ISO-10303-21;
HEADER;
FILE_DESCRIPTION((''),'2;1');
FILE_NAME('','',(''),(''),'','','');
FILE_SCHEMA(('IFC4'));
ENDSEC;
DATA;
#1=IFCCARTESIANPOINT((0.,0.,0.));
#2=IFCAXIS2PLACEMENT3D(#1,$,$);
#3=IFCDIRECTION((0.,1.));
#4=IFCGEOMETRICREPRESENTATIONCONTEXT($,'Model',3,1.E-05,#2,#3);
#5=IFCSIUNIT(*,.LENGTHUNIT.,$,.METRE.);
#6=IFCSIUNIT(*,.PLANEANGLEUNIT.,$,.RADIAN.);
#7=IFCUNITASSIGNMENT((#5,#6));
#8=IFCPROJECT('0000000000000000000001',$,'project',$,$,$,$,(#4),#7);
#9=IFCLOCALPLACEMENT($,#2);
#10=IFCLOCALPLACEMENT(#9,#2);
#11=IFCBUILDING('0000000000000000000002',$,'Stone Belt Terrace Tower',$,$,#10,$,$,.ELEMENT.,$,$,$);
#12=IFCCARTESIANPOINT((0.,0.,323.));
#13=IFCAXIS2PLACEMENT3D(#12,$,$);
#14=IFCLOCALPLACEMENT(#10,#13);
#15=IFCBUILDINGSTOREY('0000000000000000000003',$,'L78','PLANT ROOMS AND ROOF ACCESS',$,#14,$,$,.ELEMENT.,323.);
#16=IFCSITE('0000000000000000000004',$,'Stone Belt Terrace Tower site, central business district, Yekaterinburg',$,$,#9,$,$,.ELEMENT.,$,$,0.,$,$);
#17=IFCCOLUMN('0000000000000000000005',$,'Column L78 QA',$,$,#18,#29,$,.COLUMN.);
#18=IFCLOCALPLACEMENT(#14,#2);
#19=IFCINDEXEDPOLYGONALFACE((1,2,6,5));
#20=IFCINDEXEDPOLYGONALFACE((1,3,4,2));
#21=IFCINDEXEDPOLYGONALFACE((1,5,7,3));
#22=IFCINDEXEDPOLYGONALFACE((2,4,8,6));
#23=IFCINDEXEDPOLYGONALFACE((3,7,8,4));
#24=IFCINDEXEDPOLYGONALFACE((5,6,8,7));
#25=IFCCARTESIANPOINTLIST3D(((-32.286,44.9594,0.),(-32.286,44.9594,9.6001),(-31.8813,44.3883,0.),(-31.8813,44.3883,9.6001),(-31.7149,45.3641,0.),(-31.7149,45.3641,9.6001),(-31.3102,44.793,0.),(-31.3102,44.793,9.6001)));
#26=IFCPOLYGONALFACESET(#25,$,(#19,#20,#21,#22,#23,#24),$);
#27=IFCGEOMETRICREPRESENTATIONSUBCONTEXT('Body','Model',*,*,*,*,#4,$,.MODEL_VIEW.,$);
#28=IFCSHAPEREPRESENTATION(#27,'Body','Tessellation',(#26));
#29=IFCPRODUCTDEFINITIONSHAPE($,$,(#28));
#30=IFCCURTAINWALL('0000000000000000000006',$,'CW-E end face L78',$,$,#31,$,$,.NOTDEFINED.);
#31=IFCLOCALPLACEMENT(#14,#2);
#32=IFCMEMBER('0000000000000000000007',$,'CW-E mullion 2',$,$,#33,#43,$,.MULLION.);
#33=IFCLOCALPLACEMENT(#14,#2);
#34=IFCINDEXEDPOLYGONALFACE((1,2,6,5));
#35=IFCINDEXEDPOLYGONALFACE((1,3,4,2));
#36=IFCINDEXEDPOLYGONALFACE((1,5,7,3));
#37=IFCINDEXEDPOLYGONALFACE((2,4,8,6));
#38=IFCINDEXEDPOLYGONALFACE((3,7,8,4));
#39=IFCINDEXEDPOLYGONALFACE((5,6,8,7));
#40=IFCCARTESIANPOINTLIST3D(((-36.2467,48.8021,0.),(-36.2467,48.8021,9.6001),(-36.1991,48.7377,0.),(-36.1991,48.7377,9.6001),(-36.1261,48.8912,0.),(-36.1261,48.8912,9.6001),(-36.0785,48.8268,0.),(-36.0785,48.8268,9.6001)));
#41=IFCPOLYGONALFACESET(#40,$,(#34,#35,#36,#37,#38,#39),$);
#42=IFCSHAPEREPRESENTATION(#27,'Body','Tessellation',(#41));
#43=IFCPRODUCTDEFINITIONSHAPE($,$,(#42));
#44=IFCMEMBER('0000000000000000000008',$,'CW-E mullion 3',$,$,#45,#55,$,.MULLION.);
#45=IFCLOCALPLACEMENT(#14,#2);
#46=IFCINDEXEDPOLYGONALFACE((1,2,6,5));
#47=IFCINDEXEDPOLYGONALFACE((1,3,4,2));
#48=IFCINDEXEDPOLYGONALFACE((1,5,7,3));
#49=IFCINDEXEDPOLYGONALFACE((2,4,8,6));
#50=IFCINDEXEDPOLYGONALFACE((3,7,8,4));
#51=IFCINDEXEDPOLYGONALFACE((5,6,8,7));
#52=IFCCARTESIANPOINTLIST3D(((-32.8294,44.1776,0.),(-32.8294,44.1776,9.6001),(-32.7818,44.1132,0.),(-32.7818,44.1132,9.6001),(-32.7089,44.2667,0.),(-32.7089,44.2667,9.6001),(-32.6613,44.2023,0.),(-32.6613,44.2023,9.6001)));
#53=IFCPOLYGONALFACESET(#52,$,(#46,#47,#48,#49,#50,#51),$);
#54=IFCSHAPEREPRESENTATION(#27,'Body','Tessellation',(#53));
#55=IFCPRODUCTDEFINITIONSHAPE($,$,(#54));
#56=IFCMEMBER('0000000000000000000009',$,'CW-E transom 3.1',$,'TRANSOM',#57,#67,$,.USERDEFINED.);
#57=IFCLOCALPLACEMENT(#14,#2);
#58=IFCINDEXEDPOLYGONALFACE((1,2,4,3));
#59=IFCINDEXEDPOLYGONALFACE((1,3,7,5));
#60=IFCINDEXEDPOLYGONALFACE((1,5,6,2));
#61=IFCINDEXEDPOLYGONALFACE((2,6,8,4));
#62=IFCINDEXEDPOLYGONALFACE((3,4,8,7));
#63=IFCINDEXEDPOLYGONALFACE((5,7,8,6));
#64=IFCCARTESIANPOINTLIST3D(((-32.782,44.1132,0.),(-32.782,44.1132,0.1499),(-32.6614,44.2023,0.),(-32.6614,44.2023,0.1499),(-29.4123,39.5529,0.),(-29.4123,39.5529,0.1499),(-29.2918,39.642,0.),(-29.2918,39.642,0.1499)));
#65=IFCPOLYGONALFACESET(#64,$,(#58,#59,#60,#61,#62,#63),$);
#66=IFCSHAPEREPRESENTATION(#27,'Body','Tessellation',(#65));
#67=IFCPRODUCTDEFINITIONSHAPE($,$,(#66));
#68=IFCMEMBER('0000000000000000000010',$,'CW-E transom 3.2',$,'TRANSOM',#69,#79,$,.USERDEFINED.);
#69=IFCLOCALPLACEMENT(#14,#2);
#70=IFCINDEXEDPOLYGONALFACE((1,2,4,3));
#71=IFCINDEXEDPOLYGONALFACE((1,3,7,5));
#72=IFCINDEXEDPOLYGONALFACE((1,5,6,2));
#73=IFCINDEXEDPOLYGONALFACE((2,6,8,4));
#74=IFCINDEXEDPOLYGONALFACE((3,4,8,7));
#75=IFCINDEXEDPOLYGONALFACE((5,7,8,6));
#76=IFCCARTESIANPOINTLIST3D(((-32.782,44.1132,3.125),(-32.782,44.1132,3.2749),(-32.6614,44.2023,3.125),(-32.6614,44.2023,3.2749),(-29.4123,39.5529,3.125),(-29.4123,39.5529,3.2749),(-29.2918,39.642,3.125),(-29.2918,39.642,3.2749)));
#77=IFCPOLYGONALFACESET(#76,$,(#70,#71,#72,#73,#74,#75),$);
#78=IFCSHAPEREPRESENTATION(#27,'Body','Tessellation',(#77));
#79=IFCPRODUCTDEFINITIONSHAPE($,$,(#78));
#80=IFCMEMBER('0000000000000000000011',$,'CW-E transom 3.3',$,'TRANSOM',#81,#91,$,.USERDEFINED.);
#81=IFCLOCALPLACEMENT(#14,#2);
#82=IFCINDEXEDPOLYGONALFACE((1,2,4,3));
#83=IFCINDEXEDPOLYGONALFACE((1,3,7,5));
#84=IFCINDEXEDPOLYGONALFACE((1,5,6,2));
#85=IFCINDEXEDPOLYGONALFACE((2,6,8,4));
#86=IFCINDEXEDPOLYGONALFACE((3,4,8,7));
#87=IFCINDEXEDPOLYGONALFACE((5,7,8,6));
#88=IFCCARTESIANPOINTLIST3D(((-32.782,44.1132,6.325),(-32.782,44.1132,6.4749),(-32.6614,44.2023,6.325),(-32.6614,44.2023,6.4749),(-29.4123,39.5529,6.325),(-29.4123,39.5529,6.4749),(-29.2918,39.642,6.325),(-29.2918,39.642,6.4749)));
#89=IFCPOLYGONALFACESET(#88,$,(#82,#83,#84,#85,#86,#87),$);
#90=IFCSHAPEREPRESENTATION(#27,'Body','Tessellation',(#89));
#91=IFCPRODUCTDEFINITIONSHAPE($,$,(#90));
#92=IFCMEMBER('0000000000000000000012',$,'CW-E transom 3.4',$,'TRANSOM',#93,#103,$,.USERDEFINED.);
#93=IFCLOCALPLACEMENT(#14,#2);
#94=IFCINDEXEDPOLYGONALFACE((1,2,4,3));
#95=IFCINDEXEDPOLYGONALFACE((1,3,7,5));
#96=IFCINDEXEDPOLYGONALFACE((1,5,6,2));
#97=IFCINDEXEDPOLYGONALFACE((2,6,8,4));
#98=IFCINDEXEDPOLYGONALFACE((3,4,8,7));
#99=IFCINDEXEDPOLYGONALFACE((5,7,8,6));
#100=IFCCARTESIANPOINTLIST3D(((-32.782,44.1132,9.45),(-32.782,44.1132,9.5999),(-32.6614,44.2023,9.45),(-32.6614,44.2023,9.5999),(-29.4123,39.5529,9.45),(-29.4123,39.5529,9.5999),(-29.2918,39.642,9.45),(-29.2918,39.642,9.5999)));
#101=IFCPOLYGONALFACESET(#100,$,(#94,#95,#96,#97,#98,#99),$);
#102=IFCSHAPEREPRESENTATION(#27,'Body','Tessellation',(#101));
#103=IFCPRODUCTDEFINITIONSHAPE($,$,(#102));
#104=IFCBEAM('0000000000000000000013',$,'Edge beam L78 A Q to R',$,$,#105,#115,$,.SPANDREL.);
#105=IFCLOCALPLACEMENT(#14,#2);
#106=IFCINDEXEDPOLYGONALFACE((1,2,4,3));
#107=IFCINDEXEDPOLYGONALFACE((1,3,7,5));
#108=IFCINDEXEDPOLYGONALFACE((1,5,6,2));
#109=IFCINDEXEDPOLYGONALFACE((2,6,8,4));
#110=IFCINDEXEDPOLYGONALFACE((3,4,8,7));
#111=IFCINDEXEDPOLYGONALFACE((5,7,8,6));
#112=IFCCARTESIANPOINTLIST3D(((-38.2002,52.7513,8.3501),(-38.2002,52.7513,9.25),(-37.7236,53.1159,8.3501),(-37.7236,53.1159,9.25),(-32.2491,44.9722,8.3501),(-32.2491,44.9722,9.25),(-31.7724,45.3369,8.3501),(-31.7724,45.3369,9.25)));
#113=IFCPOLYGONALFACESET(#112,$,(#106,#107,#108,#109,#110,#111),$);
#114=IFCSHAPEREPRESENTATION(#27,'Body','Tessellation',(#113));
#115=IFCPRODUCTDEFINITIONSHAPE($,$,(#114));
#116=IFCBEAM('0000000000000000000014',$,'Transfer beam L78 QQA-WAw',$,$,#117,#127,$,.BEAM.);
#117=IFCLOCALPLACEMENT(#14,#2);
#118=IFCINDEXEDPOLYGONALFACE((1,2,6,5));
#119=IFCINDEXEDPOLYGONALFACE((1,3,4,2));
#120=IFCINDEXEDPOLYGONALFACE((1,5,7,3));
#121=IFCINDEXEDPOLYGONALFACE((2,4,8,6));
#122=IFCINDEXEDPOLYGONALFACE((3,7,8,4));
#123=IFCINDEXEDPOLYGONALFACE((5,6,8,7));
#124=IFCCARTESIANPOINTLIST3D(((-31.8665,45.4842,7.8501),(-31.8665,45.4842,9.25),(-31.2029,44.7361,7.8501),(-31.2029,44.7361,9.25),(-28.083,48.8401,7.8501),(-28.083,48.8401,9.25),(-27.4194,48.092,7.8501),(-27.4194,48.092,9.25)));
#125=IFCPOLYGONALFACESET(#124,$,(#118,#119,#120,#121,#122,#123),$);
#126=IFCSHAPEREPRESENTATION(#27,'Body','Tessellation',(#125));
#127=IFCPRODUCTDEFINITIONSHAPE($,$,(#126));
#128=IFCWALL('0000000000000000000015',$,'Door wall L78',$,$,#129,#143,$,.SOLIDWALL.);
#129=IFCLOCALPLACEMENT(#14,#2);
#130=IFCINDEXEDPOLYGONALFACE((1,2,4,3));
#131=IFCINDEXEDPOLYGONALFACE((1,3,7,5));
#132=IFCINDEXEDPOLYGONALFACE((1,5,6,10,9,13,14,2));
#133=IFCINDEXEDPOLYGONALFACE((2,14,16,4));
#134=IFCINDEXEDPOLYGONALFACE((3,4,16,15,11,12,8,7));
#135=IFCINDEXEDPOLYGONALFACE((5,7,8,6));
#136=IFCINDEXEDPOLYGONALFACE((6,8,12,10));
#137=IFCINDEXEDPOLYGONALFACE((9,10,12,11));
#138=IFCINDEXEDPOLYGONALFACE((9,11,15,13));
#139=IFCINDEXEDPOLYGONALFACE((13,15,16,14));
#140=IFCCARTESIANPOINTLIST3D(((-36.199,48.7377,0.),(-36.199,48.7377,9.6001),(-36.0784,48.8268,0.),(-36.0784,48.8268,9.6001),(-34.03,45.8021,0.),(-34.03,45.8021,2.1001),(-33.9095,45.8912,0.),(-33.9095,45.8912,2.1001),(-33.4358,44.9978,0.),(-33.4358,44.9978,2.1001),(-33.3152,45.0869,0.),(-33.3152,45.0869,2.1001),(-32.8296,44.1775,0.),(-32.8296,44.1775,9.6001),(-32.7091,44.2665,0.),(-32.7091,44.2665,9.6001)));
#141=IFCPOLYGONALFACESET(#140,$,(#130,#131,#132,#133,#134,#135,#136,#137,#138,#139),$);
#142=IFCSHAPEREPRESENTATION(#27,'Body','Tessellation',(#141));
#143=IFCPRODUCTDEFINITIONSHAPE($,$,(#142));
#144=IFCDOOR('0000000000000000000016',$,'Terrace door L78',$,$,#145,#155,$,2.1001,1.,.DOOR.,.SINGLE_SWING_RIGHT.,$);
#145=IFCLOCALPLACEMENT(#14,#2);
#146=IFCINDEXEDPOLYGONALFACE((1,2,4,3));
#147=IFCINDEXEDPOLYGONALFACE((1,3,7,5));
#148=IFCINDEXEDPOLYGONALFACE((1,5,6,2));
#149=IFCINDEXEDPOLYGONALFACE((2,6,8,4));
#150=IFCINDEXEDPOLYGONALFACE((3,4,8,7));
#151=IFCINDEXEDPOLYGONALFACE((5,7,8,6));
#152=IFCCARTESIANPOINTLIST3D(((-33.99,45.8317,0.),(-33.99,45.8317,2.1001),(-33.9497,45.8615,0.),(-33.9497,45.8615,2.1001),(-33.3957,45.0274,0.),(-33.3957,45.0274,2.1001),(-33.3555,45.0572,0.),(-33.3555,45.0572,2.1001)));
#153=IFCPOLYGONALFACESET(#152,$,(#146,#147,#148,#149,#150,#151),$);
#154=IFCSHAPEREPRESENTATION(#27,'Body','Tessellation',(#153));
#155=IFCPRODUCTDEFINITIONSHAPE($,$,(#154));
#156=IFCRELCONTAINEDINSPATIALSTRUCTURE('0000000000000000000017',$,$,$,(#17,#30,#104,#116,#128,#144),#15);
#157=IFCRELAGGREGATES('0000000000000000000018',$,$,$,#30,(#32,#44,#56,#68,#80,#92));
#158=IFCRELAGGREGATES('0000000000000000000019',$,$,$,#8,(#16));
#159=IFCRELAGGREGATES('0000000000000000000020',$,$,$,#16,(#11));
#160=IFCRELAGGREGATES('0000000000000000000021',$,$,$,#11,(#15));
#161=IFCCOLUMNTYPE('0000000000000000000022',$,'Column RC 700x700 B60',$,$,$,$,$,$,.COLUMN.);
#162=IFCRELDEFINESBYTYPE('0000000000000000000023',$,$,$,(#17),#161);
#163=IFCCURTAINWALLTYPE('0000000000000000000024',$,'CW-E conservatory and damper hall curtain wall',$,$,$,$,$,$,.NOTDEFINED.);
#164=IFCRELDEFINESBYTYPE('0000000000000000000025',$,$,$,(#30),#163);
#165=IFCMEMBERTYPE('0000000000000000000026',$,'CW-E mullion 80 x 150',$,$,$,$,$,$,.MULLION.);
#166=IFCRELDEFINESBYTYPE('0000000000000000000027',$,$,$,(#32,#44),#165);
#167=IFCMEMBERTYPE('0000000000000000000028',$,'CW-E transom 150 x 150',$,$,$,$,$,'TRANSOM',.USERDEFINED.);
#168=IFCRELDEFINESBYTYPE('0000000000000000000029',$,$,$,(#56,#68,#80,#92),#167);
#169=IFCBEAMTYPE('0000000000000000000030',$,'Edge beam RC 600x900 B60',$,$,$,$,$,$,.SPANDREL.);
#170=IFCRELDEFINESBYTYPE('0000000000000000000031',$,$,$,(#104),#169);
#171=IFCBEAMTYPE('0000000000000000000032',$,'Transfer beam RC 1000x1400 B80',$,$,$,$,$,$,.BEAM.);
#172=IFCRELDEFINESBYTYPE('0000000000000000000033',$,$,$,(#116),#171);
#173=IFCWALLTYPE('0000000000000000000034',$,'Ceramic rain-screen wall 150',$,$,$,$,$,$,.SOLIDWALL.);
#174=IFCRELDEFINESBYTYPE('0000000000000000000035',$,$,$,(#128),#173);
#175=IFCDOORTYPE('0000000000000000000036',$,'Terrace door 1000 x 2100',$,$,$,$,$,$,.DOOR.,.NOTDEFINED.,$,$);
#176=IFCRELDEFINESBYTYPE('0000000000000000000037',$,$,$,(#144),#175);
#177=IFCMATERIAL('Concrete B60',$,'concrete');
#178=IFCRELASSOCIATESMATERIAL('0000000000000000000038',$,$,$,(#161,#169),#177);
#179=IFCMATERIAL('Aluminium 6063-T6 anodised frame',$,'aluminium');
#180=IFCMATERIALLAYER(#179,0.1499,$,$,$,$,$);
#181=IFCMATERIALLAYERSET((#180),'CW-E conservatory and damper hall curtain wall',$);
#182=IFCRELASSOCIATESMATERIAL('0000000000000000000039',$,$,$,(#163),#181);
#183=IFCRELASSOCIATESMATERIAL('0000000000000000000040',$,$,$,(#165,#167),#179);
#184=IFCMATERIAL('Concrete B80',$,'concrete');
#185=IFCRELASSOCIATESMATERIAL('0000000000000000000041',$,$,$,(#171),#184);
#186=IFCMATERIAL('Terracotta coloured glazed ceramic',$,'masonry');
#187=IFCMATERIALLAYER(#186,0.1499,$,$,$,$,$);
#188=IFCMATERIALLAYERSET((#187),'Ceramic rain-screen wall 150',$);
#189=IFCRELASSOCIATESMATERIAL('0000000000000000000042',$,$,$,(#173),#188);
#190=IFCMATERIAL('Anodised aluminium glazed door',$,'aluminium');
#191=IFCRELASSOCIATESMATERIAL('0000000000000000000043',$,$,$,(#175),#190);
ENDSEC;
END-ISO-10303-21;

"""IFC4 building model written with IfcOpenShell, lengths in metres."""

from ifc_helpers import new_model, si_unit, direction, frame, frame_2d, origin, origin_2d, place, context, subcontext, project, spatial, rectangle, extrude, material, layer, layer_set, material_profile, profile_set, type_object, element, fill, aggregate, save


model = new_model("IFC4")

# Units and contexts
model_context = context("Model", 3, precision=1e-05, world=origin(), true_north=direction((0.0, 1.0)))
body_context = subcontext(model_context, "Body", "Model", "MODEL_VIEW")
ifc_project = project(units=[si_unit("LENGTHUNIT", "METRE"), si_unit("PLANEANGLEUNIT", "RADIAN")], contexts=[model_context])

# Site, building, storey
site_placement = place(None, origin())
site = spatial("IfcSite", under=ifc_project, at=site_placement, Name="Stone Belt Terrace Tower site, central business district, Yekaterinburg", CompositionType="ELEMENT", RefElevation=0.0)
building_placement = place(site_placement, origin())
building = spatial("IfcBuilding", under=site, at=building_placement, Name="Stone Belt Terrace Tower", CompositionType="ELEMENT")
storey_placement = place(building_placement, frame((0.0, 0.0, 323.0)))
storey = spatial("IfcBuildingStorey", under=building, at=storey_placement, Name="L78", Description="PLANT ROOMS AND ROOF ACCESS", CompositionType="ELEMENT", Elevation=323.0)

# Column
ifc_material_1 = material(Name="Concrete B60", Category="concrete")
ifc_material_profile_1 = material_profile(ifc_material_1, rectangle(XDim=0.7, YDim=0.7, at=origin_2d()), Name="RC 700x700")
ifc_profile_set_1 = profile_set([ifc_material_profile_1], Name="Concrete B60")
column_type = type_object("IfcColumnType", Name="Column RC 700x700 B60", PredefinedType="COLUMN", material=ifc_profile_set_1)
column_placement = place(storey_placement, frame((-31.7981, 44.8762, 0.0), z_axis=(0.0, 0.0, 1.0), x_axis=(0.815934, 0.578145, 0.0)))
element("IfcColumn", 1, at=column_placement, inside=storey, type_object=column_type, Name="Column L78 QA", PredefinedType="COLUMN", context=body_context, shape_type="SweptSolid", body=[
    extrude(rectangle(XDim=0.7, YDim=0.7, at=origin_2d()), origin(), (0.0, 0.0, 1.0), 9.6001),
])

# Curtain wall, members
ifc_material_2 = material(Name="Aluminium 6063-T6 anodised frame", Category="aluminium")
ifc_layer_1 = layer(ifc_material_2, 0.1499)
ifc_layer_set_1 = layer_set([ifc_layer_1], Name="CW-E conservatory and damper hall curtain wall")
curtain_wall_type = type_object("IfcCurtainWallType", Name="CW-E conservatory and damper hall curtain wall", PredefinedType="NOTDEFINED", material=ifc_layer_set_1)
curtain_wall_placement = place(storey_placement, origin())
curtain_wall = element("IfcCurtainWall", 2, at=curtain_wall_placement, inside=storey, type_object=curtain_wall_type, Name="CW-E end face L78", PredefinedType="NOTDEFINED")
ifc_material_profile_2 = material_profile(ifc_material_2, rectangle(XDim=0.1499, YDim=0.0801, at=origin_2d()), Name="Aluminium 6063-T6 80x150")
ifc_profile_set_2 = profile_set([ifc_material_profile_2], Name="Aluminium 6063-T6 anodised frame")
member_type_1 = type_object("IfcMemberType", Name="CW-E mullion 80 x 150", PredefinedType="MULLION", material=ifc_profile_set_2)
member_1_placement = place(storey_placement, frame((-36.1626, 48.8145, 0.0), z_axis=(0.0, 0.0, 1.0), x_axis=(0.804262, 0.594275, 0.0)))
member_1 = element("IfcMember", 3, at=member_1_placement, type_object=member_type_1, Name="CW-E mullion 2", PredefinedType="MULLION", context=body_context, shape_type="SweptSolid", body=[
    extrude(rectangle(XDim=0.1499, YDim=0.0801, at=origin_2d()), origin(), (0.0, 0.0, 1.0), 9.6001),
])
member_2_placement = place(storey_placement, frame((-32.7454, 44.1899, 0.0), z_axis=(0.0, 0.0, 1.0), x_axis=(0.804262, 0.594275, 0.0)))
member_2 = element("IfcMember", 4, at=member_2_placement, type_object=member_type_1, Name="CW-E mullion 3", PredefinedType="MULLION", context=body_context, shape_type="SweptSolid", body=[
    extrude(rectangle(XDim=0.1499, YDim=0.0801, at=origin_2d()), origin(), (0.0, 0.0, 1.0), 9.6001),
])
ifc_material_profile_3 = material_profile(ifc_material_2, rectangle(XDim=0.1499, YDim=0.1499, at=origin_2d()), Name="Aluminium 6063-T6 150x150")
ifc_profile_set_3 = profile_set([ifc_material_profile_3], Name="Aluminium 6063-T6 anodised frame")
member_type_2 = type_object("IfcMemberType", Name="CW-E transom 150 x 150", ElementType="TRANSOM", PredefinedType="USERDEFINED", material=ifc_profile_set_3)
member_3_placement = place(storey_placement, frame((-32.7217, 44.1577, 0.075), z_axis=(0.594274, -0.804263, 0.0), x_axis=(0.804263, 0.594274, 0.0)))
member_3 = element("IfcMember", 5, at=member_3_placement, type_object=member_type_2, Name="CW-E transom 3.1", ObjectType="TRANSOM", PredefinedType="USERDEFINED", context=body_context, shape_type="SweptSolid", body=[
    extrude(rectangle(XDim=0.1499, YDim=0.1499, at=origin_2d()), origin(), (0.0, 0.0, 1.0), 5.6702),
])
member_4_placement = place(storey_placement, frame((-32.7217, 44.1577, 3.2), z_axis=(0.594274, -0.804263, 0.0), x_axis=(0.804263, 0.594274, 0.0)))
member_4 = element("IfcMember", 6, at=member_4_placement, type_object=member_type_2, Name="CW-E transom 3.2", ObjectType="TRANSOM", PredefinedType="USERDEFINED", context=body_context, shape_type="SweptSolid", body=[
    extrude(rectangle(XDim=0.1499, YDim=0.1499, at=origin_2d()), origin(), (0.0, 0.0, 1.0), 5.6702),
])
member_5_placement = place(storey_placement, frame((-32.7217, 44.1577, 6.3999), z_axis=(0.594274, -0.804263, 0.0), x_axis=(0.804263, 0.594274, 0.0)))
member_5 = element("IfcMember", 7, at=member_5_placement, type_object=member_type_2, Name="CW-E transom 3.3", ObjectType="TRANSOM", PredefinedType="USERDEFINED", context=body_context, shape_type="SweptSolid", body=[
    extrude(rectangle(XDim=0.1499, YDim=0.1499, at=origin_2d()), origin(), (0.0, 0.0, 1.0), 5.6702),
])
member_6_placement = place(storey_placement, frame((-32.7217, 44.1577, 9.5249), z_axis=(0.594274, -0.804263, 0.0), x_axis=(0.804263, 0.594274, 0.0)))
member_6 = element("IfcMember", 8, at=member_6_placement, type_object=member_type_2, Name="CW-E transom 3.4", ObjectType="TRANSOM", PredefinedType="USERDEFINED", context=body_context, shape_type="SweptSolid", body=[
    extrude(rectangle(XDim=0.1499, YDim=0.1499, at=origin_2d()), origin(), (0.0, 0.0, 1.0), 5.6702),
])
aggregate(curtain_wall, [member_1, member_2, member_3, member_4, member_5, member_6])

# Beams
ifc_material_profile_4 = material_profile(ifc_material_1, rectangle(XDim=0.6001, YDim=0.8999, at=origin_2d()), Name="RC 600x900")
ifc_profile_set_4 = profile_set([ifc_material_profile_4], Name="Concrete B60")
beam_type_1 = type_object("IfcBeamType", Name="Edge beam RC 600x900 B60", PredefinedType="SPANDREL", material=ifc_profile_set_4)
beam_1_placement = place(storey_placement, frame((-32.0107, 45.1545, 8.8), z_axis=(-0.60761, 0.794235, 0.0), x_axis=(-0.794235, -0.60761, 0.0)))
element("IfcBeam", 9, at=beam_1_placement, inside=storey, type_object=beam_type_1, Name="Edge beam L78 A Q to R", PredefinedType="SPANDREL", context=body_context, shape_type="SweptSolid", body=[
    extrude(rectangle(XDim=0.6001, YDim=0.8999, at=origin_2d()), origin(), (0.0, 0.0, 1.0), 9.7944),
])
ifc_material_3 = material(Name="Concrete B80", Category="concrete")
ifc_material_profile_5 = material_profile(ifc_material_3, rectangle(XDim=1.0, YDim=1.3999, at=origin_2d()), Name="RC 1000x1400")
ifc_profile_set_5 = profile_set([ifc_material_profile_5], Name="Concrete B80")
beam_type_2 = type_object("IfcBeamType", Name="Transfer beam RC 1000x1400 B80", PredefinedType="BEAM", material=ifc_profile_set_5)
beam_2_placement = place(storey_placement, frame((-31.5347, 45.1101, 8.55), z_axis=(0.748107, 0.663578, 0.0), x_axis=(-0.663578, 0.748107, 0.0)))
element("IfcBeam", 10, at=beam_2_placement, inside=storey, type_object=beam_type_2, Name="Transfer beam L78 QQA-WAw", PredefinedType="BEAM", context=body_context, shape_type="SweptSolid", body=[
    extrude(rectangle(XDim=1.0, YDim=1.3999, at=origin_2d()), origin(), (0.0, 0.0, 1.0), 5.0574),
])

# Wall, opening, door
ifc_material_4 = material(Name="Terracotta coloured glazed ceramic", Category="masonry")
ifc_layer_2 = layer(ifc_material_4, 0.1499)
ifc_layer_set_2 = layer_set([ifc_layer_2], Name="Ceramic rain-screen wall 150")
wall_type_1 = type_object("IfcWallType", Name="Ceramic rain-screen wall 150", PredefinedType="SOLIDWALL", material=ifc_layer_set_2)
wall_1_placement = place(storey_placement, frame((-36.1387, 48.7822, 0.0), z_axis=(0.0, 0.0, 1.0), x_axis=(0.594246, -0.804284, 0.0)))
wall_1 = element("IfcWall", 11, at=wall_1_placement, inside=storey, type_object=wall_type_1, Name="Door wall L78", PredefinedType="SOLIDWALL", context=body_context, shape_type="SweptSolid", body=[
    extrude(rectangle(XDim=5.6699, YDim=0.1499, at=frame_2d((2.835, 0.0))), origin(), (0.0, 0.0, 1.0), 9.6001),
])
opening_1_placement = place(wall_1_placement, frame((3.6499, 0.0, 0.0)))
opening_1 = element("IfcOpeningElement", 12, at=opening_1_placement, cuts=wall_1, PredefinedType="OPENING", context=body_context, shape_type="SweptSolid", body=[
    extrude(rectangle(XDim=1.0, YDim=2.1001, at=frame_2d((0.5, 1.05))), frame((0.0, 0.085, 0.0), z_axis=(0.0, -1.0, 0.0), x_axis=(1.0, 0.0, 0.0)), (0.0, 0.0, 1.0), 0.1699),
])
ifc_material_5 = material(Name="Anodised aluminium glazed door", Category="aluminium")
door_type_1 = type_object("IfcDoorType", Name="Terrace door 1000 x 2100", OperationType="NOTDEFINED", PredefinedType="DOOR", material=ifc_material_5)
door_1_placement = place(opening_1_placement, origin())
door_1 = element("IfcDoor", 13, at=door_1_placement, inside=storey, type_object=door_type_1, Name="Terrace door L78", OperationType="SINGLE_SWING_RIGHT", OverallHeight=2.1001, OverallWidth=1.0, PredefinedType="DOOR", context=body_context, shape_type="SweptSolid", body=[
    extrude(rectangle(XDim=1.0, YDim=2.1001, at=frame_2d((0.5, 1.05))), frame((0.0, 0.0249, 0.0), z_axis=(0.0, -1.0, 0.0), x_axis=(1.0, 0.0, 0.0)), (0.0, 0.0, 1.0), 0.05),
])
fill(opening_1, door_1)

save(model, "model.ifc")
